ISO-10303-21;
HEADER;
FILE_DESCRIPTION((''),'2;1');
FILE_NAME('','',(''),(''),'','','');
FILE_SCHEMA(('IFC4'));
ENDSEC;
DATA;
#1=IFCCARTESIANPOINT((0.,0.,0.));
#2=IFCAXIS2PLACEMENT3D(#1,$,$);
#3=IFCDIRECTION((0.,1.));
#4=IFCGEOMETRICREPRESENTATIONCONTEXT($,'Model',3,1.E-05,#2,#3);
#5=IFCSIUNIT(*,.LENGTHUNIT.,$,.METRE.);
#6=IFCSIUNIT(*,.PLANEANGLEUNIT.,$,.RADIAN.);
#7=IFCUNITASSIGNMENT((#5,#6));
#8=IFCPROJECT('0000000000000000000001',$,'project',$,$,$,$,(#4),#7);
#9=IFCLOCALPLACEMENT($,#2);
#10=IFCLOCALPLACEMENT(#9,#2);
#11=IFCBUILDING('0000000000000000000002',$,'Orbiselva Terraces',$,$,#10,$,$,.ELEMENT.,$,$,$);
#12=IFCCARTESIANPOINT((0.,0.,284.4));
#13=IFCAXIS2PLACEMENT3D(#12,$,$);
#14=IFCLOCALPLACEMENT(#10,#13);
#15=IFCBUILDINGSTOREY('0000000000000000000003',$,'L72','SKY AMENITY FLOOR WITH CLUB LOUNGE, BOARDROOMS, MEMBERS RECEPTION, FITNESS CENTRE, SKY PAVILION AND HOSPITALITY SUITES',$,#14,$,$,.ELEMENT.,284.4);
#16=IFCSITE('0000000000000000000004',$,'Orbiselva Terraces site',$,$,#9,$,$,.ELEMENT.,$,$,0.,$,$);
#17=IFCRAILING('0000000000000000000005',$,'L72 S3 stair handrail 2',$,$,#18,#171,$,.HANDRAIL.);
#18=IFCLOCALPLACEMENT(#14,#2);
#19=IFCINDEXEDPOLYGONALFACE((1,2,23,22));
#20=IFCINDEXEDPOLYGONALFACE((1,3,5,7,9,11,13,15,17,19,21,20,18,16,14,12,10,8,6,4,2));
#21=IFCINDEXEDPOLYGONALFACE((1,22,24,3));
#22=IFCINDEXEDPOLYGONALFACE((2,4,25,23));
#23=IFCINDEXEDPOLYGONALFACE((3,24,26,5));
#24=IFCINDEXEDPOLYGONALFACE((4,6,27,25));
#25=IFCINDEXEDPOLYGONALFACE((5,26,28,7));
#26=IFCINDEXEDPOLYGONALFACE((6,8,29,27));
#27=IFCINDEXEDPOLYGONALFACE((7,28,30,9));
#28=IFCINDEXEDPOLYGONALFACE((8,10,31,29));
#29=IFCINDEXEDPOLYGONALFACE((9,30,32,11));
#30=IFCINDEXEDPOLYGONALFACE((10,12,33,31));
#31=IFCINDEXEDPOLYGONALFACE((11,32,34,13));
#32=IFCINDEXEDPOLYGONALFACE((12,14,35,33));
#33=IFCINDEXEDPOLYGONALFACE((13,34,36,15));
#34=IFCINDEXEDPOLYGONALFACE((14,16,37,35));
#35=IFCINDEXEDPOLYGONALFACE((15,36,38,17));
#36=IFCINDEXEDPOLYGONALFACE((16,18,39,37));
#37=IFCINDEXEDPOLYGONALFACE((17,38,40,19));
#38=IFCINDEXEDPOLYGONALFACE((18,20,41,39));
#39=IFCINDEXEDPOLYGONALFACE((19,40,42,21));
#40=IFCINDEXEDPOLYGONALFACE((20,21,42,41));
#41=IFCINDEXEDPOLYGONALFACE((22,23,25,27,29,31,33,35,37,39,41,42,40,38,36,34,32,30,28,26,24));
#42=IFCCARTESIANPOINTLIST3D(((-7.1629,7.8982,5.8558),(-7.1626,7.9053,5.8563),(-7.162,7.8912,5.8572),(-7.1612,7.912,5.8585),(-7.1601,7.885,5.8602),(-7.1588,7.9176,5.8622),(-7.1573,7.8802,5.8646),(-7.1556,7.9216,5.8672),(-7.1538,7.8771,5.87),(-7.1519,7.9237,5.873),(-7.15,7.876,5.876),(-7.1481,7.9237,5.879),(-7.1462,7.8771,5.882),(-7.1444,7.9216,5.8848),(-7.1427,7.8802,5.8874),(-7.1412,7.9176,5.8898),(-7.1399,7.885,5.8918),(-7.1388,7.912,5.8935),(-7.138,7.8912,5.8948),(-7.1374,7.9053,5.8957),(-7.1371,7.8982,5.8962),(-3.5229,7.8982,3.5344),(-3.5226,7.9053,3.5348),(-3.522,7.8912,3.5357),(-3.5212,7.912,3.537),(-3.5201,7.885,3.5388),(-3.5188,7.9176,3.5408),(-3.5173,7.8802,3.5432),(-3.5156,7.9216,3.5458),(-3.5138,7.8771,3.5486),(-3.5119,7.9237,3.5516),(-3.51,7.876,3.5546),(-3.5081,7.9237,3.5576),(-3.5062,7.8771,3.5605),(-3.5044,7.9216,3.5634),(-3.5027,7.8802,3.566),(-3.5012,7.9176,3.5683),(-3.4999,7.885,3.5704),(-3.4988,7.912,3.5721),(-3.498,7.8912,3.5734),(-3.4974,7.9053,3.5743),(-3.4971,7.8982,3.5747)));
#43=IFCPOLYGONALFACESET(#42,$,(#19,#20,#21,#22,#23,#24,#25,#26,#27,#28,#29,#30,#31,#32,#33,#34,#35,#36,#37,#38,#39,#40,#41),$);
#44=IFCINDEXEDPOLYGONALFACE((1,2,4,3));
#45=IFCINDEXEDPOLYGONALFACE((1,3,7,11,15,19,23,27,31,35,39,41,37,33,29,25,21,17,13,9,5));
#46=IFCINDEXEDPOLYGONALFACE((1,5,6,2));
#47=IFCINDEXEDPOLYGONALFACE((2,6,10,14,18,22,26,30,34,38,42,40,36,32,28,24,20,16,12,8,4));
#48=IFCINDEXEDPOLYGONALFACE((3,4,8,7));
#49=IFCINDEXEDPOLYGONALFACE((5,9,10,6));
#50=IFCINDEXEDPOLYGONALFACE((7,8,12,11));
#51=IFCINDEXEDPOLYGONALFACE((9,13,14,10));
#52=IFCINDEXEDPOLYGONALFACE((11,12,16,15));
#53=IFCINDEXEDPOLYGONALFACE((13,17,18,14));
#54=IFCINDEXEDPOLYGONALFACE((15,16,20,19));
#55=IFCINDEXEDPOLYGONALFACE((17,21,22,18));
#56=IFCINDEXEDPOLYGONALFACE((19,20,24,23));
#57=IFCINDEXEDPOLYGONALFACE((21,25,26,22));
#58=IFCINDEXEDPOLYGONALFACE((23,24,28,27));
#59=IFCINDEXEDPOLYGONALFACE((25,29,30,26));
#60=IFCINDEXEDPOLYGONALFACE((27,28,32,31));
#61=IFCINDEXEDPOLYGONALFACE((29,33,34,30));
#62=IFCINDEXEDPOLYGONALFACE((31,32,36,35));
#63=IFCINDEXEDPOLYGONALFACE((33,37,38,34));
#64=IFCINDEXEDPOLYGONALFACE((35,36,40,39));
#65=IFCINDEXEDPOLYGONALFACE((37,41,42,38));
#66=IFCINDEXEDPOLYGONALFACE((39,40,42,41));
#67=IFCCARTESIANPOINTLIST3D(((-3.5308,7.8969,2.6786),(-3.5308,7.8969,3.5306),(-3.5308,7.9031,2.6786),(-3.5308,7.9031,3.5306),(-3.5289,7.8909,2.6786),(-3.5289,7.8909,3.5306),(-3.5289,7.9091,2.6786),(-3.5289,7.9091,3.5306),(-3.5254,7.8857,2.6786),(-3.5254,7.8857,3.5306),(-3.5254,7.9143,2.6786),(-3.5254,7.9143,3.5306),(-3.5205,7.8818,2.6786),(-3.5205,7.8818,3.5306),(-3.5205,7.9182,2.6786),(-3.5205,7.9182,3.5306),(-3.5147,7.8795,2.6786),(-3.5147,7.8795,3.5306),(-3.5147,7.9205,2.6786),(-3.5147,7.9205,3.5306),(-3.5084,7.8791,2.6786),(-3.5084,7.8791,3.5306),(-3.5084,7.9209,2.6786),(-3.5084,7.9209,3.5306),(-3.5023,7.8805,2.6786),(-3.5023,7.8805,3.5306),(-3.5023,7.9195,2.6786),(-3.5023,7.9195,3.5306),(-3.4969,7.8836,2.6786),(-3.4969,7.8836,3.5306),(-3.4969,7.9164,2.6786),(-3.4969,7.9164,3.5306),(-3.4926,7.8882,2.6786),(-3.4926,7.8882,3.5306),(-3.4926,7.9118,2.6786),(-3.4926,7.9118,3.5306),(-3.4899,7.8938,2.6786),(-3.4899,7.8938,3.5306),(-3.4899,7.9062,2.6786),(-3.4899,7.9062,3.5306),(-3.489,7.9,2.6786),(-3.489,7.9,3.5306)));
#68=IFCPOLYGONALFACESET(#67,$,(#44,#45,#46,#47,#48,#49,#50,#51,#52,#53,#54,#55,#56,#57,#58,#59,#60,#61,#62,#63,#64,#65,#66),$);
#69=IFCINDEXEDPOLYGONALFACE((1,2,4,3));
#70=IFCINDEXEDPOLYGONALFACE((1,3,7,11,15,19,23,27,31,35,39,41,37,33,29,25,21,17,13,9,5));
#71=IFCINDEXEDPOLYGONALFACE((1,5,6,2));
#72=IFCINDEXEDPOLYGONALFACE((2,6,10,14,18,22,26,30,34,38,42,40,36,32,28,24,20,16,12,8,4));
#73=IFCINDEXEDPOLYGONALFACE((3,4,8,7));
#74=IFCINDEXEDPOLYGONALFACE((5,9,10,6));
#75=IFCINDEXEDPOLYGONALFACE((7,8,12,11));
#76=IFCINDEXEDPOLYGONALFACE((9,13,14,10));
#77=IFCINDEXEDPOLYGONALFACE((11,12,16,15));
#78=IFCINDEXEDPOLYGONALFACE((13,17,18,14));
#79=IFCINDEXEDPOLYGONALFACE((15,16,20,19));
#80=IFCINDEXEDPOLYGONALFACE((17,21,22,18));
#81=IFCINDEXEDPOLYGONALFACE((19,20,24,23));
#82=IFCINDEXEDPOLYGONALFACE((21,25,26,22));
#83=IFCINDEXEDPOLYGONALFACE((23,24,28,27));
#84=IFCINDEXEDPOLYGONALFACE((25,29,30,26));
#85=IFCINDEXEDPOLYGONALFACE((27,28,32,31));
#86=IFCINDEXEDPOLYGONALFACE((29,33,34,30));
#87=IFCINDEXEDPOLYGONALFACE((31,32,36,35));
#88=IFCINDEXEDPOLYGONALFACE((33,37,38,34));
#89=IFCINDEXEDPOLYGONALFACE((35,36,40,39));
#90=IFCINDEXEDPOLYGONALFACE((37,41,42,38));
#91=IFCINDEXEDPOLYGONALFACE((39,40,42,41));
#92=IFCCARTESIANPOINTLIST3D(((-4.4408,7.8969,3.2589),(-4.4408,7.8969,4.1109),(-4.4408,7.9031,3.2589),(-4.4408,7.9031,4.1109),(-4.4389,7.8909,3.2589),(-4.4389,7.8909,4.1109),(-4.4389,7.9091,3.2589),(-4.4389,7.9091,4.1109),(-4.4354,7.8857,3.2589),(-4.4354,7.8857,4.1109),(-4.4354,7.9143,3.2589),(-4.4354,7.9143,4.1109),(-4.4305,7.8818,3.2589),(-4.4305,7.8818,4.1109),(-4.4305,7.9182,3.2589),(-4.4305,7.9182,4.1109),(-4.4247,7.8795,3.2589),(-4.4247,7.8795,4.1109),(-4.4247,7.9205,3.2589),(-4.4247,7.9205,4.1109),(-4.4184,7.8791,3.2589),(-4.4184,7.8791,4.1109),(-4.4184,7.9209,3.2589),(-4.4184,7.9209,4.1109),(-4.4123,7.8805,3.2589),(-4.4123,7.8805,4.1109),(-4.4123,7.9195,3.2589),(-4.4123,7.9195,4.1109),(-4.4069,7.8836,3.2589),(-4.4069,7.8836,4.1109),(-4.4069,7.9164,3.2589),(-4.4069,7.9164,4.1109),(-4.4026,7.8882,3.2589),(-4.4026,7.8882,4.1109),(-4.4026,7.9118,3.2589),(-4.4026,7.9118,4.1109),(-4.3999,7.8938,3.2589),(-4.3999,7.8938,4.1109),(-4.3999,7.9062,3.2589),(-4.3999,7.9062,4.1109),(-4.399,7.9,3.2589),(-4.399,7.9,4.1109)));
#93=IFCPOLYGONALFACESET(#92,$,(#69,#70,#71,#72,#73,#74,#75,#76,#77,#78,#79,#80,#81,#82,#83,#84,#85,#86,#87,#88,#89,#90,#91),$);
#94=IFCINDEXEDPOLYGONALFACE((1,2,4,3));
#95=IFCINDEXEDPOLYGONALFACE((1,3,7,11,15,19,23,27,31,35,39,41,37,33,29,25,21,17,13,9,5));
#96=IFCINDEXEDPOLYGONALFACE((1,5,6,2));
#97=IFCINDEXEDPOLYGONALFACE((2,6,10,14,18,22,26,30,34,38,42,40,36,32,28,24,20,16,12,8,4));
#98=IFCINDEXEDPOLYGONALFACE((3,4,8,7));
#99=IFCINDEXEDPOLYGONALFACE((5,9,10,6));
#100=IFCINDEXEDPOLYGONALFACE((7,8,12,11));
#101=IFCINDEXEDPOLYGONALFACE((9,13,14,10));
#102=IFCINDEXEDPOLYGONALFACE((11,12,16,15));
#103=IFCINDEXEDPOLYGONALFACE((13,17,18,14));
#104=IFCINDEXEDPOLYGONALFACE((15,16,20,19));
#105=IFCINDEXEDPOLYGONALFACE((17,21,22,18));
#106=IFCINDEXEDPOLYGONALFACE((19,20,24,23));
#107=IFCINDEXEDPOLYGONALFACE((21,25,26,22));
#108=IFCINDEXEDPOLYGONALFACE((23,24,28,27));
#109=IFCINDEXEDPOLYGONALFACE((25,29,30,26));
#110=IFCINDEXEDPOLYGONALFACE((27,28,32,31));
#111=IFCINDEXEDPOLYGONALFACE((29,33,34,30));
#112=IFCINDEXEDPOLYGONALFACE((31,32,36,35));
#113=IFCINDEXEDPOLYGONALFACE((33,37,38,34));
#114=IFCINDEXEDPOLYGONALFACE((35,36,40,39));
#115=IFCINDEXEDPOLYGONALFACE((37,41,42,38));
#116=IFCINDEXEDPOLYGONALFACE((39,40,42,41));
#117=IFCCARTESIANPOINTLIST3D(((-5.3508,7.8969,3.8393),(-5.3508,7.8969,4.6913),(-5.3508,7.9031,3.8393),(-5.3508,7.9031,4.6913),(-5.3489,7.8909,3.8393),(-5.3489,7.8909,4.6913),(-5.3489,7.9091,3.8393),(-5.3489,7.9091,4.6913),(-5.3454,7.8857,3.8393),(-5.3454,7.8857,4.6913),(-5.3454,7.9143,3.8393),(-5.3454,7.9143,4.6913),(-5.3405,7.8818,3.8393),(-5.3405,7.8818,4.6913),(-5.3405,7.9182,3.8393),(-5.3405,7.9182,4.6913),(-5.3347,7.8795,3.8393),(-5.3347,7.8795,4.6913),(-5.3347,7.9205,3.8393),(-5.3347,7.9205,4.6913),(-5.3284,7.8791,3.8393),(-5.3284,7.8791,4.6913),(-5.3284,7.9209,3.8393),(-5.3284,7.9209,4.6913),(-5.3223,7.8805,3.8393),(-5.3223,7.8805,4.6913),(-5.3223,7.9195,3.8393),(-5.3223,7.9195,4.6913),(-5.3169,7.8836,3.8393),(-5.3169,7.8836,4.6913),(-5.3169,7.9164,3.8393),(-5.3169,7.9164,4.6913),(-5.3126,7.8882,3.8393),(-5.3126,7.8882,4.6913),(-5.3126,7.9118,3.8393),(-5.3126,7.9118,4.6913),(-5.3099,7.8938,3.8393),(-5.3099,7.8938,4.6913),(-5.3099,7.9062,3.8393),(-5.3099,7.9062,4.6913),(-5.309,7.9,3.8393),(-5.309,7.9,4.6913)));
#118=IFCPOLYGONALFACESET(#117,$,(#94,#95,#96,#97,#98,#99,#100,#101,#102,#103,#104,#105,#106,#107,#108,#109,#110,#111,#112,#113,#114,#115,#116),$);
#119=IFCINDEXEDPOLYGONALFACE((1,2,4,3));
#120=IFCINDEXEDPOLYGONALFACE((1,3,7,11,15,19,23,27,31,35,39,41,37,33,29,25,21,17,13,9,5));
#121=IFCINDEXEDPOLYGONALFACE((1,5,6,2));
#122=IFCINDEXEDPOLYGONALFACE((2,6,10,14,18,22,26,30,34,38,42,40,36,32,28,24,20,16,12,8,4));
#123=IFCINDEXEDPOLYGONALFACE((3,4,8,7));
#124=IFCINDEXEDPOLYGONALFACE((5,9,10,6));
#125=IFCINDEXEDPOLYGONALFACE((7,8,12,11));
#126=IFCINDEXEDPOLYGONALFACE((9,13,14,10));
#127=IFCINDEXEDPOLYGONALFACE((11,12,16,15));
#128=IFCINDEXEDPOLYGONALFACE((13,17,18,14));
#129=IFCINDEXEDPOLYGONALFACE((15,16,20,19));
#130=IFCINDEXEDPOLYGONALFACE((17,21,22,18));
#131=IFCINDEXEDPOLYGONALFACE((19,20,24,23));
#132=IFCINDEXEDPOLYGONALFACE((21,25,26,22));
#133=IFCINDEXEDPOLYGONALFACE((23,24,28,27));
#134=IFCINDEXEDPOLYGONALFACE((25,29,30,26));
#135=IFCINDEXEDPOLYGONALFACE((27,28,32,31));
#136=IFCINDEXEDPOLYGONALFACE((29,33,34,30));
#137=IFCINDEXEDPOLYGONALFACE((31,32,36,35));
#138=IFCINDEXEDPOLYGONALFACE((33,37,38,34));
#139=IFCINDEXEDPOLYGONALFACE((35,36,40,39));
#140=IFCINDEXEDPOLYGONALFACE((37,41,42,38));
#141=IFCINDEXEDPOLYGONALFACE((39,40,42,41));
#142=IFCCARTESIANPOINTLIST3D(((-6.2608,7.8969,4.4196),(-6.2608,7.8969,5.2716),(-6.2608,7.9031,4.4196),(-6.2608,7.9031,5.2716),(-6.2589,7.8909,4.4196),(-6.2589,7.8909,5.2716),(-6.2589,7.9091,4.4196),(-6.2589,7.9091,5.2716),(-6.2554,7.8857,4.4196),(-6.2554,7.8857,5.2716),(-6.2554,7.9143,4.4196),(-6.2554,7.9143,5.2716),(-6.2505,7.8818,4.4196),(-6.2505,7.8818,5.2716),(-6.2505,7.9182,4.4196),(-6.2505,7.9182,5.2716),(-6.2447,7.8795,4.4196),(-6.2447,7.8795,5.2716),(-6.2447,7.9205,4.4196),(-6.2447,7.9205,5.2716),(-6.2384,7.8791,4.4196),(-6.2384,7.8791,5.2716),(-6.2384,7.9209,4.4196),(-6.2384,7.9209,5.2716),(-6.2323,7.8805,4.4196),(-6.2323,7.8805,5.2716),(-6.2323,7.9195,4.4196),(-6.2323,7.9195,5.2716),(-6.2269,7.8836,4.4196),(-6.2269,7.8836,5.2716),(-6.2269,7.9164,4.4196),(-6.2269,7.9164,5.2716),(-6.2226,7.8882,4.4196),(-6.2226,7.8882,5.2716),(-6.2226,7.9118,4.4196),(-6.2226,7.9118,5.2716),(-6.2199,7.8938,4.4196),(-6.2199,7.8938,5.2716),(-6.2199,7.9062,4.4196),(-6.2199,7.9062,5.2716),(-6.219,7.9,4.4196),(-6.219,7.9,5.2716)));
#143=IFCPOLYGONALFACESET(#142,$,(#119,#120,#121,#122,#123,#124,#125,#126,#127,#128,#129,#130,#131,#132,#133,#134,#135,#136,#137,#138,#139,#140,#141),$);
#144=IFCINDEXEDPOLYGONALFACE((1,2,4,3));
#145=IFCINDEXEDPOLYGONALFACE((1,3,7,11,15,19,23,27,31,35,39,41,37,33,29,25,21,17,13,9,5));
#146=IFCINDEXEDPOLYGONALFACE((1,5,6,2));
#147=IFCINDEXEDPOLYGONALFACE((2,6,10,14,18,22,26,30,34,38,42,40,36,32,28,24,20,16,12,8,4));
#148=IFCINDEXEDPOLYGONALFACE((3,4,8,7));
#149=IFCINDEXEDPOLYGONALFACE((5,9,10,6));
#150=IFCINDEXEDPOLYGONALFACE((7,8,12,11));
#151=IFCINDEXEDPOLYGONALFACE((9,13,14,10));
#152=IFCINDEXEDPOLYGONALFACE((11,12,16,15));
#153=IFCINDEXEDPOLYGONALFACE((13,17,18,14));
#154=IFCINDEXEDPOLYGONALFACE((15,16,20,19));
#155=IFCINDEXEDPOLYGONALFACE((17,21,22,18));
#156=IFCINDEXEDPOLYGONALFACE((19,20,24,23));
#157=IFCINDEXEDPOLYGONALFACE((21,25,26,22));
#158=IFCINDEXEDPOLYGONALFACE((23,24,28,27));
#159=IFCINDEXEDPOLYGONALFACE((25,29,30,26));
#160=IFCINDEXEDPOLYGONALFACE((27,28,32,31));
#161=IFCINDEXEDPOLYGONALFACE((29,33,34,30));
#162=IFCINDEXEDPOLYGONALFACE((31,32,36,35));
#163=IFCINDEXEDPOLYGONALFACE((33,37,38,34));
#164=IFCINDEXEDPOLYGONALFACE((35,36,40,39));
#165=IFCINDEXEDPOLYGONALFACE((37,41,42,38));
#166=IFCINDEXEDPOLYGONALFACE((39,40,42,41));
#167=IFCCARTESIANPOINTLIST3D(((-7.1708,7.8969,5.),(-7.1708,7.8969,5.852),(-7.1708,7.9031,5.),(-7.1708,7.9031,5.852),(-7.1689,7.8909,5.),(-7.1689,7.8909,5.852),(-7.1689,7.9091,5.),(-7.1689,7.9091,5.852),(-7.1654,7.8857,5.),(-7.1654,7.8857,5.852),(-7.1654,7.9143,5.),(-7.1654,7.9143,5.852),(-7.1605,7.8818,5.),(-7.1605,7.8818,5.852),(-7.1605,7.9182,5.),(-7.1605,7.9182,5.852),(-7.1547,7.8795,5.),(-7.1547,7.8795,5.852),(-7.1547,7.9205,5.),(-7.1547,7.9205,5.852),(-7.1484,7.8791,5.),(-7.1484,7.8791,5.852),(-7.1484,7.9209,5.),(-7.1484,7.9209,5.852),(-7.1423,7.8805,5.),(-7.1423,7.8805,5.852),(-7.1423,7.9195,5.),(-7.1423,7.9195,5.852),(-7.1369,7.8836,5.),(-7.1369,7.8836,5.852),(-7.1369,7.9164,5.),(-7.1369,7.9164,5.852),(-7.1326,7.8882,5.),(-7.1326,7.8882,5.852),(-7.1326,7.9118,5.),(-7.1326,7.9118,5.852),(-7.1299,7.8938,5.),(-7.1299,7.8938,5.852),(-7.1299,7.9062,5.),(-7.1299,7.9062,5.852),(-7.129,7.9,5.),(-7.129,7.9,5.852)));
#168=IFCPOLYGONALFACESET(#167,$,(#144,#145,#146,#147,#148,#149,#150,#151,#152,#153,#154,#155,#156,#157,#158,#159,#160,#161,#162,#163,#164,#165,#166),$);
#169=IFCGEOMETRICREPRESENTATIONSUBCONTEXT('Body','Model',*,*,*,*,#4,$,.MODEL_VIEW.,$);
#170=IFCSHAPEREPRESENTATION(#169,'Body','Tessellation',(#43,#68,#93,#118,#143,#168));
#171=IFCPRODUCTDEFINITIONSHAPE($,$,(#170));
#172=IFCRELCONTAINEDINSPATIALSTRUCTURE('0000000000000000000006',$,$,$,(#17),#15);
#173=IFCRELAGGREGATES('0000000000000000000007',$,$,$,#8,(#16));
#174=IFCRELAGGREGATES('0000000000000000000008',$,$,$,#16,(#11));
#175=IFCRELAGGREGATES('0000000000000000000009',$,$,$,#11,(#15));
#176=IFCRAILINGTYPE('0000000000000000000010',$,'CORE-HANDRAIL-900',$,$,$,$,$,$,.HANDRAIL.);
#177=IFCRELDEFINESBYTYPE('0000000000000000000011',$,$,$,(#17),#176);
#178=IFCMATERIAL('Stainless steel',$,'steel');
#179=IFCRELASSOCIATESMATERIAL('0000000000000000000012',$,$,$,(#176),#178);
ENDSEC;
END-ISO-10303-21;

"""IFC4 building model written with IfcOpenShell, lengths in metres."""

from ifc_helpers import new_model, si_unit, direction, frame, origin, origin_2d, place, context, subcontext, project, spatial, circle, extrude, material, type_object, element, save


model = new_model("IFC4")

# Units and contexts
model_context = context("Model", 3, precision=1e-05, world=origin(), true_north=direction((0.0, 1.0)))
body_context = subcontext(model_context, "Body", "Model", "MODEL_VIEW")
ifc_project = project(units=[si_unit("LENGTHUNIT", "METRE"), si_unit("PLANEANGLEUNIT", "RADIAN")], contexts=[model_context])

# Site, building, storey
site_placement = place(None, origin())
site = spatial("IfcSite", under=ifc_project, at=site_placement, Name="Orbiselva Terraces site", CompositionType="ELEMENT", RefElevation=0.0)
building_placement = place(site_placement, origin())
building = spatial("IfcBuilding", under=site, at=building_placement, Name="Orbiselva Terraces", CompositionType="ELEMENT")
storey_placement = place(building_placement, frame((0.0, 0.0, 284.4)))
storey = spatial("IfcBuildingStorey", under=building, at=storey_placement, Name="L72", Description="SKY AMENITY FLOOR WITH CLUB LOUNGE, BOARDROOMS, MEMBERS RECEPTION, FITNESS CENTRE, SKY PAVILION AND HOSPITALITY SUITES", CompositionType="ELEMENT", Elevation=284.4)

# Railing
ifc_material_1 = material(Name="Stainless steel", Category="steel")
railing_type_1 = type_object("IfcRailingType", Name="CORE-HANDRAIL-900", PredefinedType="HANDRAIL", material=ifc_material_1)
railing_1_placement = place(storey_placement, frame((-3.51, 7.9, 2.6786)))
element("IfcRailing", 1, at=railing_1_placement, inside=storey, type_object=railing_type_1, Name="L72 S3 stair handrail 2", PredefinedType="HANDRAIL", context=body_context, shape_type="SweptSolid", body=[
    extrude(circle(Radius=0.024, at=origin_2d()), frame((0.0, 0.0, 0.876), z_axis=(-0.84313, 0.0, 0.53771), x_axis=(0.0, -1.0, 0.0)), (0.0, 0.0, 1.0), 4.3172),
    extrude(circle(Radius=0.021, at=origin_2d()), origin(), (0.0, 0.0, 1.0), 0.852),
    extrude(circle(Radius=0.021, at=origin_2d()), frame((-0.91, 0.0, 0.5804)), (0.0, 0.0, 1.0), 0.852),
    extrude(circle(Radius=0.021, at=origin_2d()), frame((-1.82, 0.0, 1.1607)), (0.0, 0.0, 1.0), 0.852),
    extrude(circle(Radius=0.021, at=origin_2d()), frame((-2.73, 0.0, 1.7411)), (0.0, 0.0, 1.0), 0.852),
    extrude(circle(Radius=0.021, at=origin_2d()), frame((-3.64, 0.0, 2.3214)), (0.0, 0.0, 1.0), 0.852),
])

save(model, "model.ifc")
